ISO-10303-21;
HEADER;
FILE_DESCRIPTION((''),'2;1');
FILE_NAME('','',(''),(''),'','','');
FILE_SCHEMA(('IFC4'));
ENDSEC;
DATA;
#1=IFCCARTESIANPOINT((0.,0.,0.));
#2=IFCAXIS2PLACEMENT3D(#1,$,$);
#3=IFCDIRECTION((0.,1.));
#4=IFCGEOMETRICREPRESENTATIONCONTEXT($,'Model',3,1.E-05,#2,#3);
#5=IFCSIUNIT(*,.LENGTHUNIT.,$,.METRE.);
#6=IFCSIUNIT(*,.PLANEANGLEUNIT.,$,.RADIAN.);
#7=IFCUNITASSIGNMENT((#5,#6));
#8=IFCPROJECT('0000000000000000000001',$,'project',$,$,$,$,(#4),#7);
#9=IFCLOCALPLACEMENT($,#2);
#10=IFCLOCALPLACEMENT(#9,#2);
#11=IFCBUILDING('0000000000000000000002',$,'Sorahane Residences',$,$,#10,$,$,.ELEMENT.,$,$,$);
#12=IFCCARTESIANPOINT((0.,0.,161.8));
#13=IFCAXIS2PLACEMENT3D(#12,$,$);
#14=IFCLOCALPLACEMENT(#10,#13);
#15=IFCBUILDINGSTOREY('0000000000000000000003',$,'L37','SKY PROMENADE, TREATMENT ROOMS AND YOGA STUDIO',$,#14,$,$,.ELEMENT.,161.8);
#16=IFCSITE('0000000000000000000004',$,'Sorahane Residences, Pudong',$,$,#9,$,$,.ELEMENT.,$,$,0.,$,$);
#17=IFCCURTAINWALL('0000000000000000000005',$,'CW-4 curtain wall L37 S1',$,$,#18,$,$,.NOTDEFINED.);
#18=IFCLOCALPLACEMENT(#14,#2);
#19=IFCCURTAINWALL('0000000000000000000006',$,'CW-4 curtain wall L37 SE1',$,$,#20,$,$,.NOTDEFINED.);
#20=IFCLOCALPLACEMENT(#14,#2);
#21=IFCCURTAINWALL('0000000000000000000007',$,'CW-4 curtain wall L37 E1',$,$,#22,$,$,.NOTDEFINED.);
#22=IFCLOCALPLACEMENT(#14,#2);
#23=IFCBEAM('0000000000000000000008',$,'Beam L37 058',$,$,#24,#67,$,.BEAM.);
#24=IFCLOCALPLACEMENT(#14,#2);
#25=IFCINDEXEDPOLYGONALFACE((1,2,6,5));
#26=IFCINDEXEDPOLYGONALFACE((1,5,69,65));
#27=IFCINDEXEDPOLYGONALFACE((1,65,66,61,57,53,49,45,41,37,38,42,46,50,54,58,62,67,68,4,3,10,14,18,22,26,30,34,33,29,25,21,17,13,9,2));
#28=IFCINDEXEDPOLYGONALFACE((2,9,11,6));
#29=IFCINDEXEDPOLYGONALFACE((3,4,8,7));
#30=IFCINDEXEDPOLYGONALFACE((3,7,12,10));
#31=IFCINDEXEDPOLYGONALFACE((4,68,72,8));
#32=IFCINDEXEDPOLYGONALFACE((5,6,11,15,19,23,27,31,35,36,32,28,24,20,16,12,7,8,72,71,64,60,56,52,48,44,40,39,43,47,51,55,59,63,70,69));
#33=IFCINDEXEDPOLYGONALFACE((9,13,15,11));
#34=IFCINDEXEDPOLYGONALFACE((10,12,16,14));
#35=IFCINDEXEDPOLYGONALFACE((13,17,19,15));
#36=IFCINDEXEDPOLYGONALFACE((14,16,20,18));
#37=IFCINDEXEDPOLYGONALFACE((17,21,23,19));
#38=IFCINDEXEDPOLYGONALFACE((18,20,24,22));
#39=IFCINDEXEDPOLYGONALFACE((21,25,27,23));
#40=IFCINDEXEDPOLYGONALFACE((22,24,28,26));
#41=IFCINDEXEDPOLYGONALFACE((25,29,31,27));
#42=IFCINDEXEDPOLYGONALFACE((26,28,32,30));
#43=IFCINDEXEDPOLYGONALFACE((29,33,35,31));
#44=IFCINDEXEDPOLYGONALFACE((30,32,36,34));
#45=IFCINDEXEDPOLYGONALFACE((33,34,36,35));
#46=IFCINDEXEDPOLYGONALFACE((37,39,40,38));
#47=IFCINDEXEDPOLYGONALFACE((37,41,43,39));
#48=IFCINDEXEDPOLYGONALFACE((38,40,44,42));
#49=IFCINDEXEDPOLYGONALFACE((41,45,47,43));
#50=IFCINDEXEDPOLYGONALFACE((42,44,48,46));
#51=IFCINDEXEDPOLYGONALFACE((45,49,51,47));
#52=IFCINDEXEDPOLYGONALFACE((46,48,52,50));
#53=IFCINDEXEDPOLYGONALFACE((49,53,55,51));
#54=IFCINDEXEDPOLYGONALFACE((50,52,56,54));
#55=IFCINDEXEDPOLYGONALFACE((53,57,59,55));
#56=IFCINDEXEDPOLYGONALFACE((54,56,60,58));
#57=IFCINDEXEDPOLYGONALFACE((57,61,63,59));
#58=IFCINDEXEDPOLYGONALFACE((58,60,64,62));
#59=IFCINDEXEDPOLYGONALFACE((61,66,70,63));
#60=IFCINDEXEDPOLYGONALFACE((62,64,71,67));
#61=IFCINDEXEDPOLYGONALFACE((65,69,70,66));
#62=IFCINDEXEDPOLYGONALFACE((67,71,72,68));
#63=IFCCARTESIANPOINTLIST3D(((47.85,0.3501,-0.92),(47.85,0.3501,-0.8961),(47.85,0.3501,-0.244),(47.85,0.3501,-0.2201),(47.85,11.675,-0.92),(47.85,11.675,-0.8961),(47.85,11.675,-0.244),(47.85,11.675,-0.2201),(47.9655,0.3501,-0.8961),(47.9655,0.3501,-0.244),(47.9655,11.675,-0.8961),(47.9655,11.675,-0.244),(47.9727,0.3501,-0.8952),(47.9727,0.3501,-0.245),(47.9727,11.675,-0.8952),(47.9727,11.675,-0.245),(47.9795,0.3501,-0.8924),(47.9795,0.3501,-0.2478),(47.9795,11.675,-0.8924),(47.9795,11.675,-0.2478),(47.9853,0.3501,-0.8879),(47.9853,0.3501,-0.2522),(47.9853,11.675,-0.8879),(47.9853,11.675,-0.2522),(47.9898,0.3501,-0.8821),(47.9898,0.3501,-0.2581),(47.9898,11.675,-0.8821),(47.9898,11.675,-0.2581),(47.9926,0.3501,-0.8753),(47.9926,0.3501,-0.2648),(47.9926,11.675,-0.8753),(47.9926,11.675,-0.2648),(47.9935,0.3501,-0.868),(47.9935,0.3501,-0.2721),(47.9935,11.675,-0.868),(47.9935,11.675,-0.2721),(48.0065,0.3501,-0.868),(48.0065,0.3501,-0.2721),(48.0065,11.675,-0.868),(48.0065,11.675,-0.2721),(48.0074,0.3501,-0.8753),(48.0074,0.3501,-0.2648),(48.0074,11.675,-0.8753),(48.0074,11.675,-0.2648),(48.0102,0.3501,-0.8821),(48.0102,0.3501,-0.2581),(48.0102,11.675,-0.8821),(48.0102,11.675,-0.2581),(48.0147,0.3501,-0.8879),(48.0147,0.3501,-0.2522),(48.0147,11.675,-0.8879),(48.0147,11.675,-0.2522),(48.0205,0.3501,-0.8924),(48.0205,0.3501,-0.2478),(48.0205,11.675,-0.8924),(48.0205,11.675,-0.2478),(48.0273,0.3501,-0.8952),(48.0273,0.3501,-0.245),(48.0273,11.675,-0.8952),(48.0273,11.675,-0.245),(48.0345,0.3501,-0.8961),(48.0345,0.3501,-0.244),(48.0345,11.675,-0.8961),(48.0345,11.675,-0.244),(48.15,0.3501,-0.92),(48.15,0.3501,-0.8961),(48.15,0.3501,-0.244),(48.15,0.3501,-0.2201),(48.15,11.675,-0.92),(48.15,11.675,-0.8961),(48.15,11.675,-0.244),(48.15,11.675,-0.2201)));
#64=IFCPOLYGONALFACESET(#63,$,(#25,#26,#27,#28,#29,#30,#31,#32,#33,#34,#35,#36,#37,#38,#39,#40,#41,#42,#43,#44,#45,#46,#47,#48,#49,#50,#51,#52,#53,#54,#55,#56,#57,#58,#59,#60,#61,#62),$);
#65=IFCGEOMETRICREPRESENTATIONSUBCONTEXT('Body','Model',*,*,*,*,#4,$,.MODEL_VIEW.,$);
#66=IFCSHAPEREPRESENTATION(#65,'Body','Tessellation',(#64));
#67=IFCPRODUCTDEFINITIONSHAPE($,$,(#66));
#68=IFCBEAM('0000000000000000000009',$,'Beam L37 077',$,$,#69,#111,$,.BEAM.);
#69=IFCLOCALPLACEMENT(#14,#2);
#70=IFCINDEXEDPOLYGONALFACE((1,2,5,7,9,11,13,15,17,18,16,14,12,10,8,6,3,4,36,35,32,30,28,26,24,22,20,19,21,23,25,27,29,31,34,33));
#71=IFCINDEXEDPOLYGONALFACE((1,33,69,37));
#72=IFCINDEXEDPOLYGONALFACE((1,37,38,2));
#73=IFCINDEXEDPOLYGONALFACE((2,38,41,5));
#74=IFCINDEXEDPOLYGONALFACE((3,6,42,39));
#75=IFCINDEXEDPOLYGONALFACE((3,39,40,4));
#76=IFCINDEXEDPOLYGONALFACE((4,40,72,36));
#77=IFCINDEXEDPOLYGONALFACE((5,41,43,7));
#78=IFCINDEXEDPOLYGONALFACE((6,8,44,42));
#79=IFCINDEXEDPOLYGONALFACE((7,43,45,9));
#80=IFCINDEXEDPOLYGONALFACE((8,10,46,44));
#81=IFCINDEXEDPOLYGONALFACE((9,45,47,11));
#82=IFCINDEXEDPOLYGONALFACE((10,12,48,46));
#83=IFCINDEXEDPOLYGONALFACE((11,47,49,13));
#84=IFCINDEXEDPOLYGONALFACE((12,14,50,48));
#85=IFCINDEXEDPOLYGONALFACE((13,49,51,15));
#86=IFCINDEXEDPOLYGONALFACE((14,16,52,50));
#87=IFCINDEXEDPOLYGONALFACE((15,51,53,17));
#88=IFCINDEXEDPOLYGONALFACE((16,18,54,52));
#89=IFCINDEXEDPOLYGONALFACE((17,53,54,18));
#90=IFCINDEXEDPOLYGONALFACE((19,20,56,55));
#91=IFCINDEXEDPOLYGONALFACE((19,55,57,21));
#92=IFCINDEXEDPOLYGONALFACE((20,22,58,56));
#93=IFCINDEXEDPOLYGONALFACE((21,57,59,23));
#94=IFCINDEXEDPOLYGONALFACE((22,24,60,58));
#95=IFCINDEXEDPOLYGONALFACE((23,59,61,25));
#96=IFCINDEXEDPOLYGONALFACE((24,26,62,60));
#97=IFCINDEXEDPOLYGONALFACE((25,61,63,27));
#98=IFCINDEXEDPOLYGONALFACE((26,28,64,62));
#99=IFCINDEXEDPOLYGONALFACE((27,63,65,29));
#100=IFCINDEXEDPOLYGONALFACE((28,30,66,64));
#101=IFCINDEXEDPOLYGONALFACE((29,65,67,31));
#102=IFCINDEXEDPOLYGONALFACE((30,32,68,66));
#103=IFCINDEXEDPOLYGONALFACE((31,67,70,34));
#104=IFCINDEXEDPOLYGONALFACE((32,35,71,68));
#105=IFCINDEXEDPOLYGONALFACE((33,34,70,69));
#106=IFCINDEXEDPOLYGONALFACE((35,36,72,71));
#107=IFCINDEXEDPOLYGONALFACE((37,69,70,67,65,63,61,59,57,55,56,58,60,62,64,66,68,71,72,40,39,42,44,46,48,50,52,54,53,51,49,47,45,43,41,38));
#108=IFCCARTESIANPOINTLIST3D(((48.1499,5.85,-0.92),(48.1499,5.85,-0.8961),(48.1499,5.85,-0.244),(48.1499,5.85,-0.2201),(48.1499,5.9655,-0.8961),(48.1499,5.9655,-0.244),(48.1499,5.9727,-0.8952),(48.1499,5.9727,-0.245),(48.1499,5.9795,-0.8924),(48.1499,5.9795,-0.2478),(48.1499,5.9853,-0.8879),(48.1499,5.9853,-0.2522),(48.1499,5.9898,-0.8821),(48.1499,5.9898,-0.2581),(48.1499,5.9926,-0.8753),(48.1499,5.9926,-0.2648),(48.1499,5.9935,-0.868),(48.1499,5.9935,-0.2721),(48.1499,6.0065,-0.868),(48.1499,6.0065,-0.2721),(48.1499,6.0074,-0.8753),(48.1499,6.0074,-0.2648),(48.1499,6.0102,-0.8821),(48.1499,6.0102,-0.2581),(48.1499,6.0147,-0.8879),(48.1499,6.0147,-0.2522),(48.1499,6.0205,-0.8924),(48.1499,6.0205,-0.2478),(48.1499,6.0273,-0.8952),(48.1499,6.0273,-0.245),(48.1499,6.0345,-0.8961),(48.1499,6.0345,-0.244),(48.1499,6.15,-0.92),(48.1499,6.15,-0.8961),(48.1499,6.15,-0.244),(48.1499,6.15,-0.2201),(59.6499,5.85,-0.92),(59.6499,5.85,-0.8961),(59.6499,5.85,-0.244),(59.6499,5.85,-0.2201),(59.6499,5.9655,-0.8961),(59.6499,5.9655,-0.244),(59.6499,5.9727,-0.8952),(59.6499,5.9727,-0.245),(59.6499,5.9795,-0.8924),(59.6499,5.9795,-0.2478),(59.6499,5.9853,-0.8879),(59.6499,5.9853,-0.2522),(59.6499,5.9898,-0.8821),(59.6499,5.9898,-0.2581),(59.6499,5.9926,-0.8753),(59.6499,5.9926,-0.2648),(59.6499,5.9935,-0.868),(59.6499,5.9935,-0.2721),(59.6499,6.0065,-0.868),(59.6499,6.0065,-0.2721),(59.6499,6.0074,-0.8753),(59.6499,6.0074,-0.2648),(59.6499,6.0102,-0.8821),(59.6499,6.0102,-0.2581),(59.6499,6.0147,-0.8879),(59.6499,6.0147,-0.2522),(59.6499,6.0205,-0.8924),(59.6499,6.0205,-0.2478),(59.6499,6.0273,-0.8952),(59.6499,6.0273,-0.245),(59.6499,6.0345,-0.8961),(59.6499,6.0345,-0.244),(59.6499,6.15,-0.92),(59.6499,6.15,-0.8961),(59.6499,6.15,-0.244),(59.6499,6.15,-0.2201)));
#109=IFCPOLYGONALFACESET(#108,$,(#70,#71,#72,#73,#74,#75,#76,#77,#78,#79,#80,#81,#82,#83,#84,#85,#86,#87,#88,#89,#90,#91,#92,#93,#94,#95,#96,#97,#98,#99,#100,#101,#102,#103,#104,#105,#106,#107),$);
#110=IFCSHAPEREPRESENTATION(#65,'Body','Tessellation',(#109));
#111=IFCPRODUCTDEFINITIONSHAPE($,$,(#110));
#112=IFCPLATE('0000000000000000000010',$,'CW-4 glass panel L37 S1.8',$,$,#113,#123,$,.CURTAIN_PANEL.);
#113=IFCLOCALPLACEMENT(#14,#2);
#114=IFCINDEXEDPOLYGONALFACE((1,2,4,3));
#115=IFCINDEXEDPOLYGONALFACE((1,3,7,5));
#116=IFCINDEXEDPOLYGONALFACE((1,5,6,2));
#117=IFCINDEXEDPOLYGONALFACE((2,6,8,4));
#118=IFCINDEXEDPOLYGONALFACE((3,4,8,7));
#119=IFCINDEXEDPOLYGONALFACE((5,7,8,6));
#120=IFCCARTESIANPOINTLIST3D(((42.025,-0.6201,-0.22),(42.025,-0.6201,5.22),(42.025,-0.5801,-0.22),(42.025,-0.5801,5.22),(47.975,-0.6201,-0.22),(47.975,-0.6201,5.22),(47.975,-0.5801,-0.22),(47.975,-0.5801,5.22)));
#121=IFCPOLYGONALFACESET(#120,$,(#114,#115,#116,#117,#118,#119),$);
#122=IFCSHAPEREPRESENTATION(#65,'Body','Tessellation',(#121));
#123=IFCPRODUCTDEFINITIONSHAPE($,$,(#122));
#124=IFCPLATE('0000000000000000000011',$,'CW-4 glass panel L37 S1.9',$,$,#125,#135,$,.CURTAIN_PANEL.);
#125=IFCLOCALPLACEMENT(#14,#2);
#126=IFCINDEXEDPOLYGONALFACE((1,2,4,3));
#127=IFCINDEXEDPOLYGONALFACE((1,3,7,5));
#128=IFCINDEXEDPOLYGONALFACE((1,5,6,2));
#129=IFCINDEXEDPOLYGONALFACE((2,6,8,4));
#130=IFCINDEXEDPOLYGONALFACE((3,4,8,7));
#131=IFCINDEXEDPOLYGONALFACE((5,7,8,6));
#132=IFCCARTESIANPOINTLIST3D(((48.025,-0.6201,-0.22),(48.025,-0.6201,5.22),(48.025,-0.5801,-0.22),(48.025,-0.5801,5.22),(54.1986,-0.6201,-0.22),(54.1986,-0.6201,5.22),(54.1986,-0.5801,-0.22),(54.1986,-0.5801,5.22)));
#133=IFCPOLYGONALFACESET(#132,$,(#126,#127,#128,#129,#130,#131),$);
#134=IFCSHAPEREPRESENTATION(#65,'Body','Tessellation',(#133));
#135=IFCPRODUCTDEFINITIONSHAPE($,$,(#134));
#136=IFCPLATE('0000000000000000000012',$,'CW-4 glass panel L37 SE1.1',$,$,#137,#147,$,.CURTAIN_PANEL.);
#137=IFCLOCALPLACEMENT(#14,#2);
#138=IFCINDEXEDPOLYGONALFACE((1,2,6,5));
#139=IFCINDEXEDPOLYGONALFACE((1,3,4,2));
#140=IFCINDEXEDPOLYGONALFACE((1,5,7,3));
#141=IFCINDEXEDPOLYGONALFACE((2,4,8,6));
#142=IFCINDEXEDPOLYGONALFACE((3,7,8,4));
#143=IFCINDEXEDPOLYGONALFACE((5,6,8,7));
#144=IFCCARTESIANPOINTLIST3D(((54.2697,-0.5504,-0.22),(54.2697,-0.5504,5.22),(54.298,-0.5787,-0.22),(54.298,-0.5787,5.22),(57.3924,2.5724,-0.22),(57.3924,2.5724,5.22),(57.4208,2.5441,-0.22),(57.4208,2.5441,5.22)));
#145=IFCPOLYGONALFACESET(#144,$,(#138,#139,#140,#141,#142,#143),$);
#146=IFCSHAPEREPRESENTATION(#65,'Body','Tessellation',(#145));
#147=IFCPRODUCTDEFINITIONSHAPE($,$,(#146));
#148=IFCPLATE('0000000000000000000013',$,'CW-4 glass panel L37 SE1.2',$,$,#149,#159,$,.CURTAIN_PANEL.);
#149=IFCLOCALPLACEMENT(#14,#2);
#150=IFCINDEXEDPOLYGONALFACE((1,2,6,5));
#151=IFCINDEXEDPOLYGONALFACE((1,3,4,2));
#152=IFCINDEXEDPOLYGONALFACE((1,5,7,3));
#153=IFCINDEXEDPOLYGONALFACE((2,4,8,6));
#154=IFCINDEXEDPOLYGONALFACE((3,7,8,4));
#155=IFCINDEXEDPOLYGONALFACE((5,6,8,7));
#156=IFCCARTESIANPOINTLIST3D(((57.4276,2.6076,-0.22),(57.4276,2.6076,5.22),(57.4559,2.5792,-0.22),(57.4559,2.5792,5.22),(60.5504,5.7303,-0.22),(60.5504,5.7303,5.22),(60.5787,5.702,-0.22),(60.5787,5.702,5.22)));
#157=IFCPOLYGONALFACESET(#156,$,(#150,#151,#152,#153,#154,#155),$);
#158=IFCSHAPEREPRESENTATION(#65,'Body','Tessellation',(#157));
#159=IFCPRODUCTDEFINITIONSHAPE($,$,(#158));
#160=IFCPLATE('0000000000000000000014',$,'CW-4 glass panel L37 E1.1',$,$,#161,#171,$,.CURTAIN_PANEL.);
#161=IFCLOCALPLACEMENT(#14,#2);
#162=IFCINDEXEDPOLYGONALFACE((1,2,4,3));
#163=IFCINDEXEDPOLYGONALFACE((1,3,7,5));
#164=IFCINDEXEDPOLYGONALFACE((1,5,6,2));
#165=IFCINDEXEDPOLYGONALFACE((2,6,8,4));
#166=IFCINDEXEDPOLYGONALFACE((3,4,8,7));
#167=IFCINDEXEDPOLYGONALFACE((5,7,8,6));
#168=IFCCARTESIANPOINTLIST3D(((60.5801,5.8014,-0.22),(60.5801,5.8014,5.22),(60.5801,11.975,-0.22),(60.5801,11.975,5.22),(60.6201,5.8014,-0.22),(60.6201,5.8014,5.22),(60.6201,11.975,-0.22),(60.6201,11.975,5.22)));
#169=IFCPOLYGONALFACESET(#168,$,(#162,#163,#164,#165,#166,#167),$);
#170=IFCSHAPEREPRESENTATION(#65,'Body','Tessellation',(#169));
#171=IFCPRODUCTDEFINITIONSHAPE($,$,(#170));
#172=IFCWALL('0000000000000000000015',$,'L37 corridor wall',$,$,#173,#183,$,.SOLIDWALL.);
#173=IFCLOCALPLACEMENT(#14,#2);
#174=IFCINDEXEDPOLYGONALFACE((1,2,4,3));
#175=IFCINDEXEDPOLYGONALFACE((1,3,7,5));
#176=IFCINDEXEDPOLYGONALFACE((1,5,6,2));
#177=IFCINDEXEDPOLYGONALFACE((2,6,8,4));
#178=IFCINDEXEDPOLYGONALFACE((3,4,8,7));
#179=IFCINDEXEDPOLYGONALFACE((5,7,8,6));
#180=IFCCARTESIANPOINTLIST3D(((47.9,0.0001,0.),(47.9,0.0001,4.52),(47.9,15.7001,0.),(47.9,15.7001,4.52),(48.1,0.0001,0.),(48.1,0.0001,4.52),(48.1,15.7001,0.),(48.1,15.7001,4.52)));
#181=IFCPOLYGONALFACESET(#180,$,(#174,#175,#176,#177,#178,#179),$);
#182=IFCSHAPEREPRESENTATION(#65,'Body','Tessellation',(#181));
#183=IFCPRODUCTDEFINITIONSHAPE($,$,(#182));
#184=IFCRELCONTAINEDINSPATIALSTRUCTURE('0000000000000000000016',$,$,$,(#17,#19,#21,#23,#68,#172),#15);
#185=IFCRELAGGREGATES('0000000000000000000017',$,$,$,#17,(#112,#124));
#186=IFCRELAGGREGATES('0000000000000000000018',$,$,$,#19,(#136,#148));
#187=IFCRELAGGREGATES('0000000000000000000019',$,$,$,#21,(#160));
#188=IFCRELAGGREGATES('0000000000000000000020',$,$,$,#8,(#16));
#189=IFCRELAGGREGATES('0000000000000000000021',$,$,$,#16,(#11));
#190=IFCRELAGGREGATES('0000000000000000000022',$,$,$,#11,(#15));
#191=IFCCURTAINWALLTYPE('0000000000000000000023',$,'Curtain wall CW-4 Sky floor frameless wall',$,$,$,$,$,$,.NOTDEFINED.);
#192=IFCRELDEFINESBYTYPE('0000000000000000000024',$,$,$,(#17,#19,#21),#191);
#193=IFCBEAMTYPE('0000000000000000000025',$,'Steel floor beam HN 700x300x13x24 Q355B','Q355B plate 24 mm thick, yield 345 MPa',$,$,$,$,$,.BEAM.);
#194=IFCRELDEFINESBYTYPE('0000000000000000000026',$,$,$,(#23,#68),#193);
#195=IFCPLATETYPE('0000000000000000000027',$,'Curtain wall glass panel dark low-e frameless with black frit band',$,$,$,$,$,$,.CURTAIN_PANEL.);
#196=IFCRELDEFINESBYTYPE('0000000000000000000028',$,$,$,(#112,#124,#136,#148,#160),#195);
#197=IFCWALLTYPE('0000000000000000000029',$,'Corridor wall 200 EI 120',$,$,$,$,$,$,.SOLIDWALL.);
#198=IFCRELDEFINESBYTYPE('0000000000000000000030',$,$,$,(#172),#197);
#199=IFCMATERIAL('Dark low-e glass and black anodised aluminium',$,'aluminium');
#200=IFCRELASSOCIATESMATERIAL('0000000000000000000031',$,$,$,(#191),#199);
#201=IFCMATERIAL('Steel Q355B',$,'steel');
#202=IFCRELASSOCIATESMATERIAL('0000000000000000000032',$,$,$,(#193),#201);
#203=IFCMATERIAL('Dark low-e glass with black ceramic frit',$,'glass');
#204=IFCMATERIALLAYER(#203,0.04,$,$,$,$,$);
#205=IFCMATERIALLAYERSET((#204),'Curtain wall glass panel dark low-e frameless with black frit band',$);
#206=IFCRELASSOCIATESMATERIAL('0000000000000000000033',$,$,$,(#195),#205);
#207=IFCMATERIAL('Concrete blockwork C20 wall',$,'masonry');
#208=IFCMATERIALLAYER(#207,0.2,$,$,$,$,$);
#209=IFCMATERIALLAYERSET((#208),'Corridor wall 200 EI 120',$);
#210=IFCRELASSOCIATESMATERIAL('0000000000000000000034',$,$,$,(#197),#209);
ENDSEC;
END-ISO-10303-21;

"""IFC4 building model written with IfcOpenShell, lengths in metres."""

from ifc_helpers import new_model, si_unit, direction, frame, frame_2d, origin, origin_2d, place, context, subcontext, project, spatial, rectangle, i_section, extrude, material, layer, layer_set, material_profile, profile_set, type_object, element, aggregate, save


model = new_model("IFC4")

# Units and contexts
model_context = context("Model", 3, precision=1e-05, world=origin(), true_north=direction((0.0, 1.0)))
body_context = subcontext(model_context, "Body", "Model", "MODEL_VIEW")
ifc_project = project(units=[si_unit("LENGTHUNIT", "METRE"), si_unit("PLANEANGLEUNIT", "RADIAN")], contexts=[model_context])

# Site, building, storey
site_placement = place(None, origin())
site = spatial("IfcSite", under=ifc_project, at=site_placement, Name="Sorahane Residences, Pudong", CompositionType="ELEMENT", RefElevation=0.0)
building_placement = place(site_placement, origin())
building = spatial("IfcBuilding", under=site, at=building_placement, Name="Sorahane Residences", CompositionType="ELEMENT")
storey_placement = place(building_placement, frame((0.0, 0.0, 161.8)))
storey = spatial("IfcBuildingStorey", under=building, at=storey_placement, Name="L37", Description="SKY PROMENADE, TREATMENT ROOMS AND YOGA STUDIO", CompositionType="ELEMENT", Elevation=161.8)

# Curtain walls
ifc_material_1 = material(Name="Dark low-e glass and black anodised aluminium", Category="aluminium")
curtain_wall_type = type_object("IfcCurtainWallType", Name="Curtain wall CW-4 Sky floor frameless wall", PredefinedType="NOTDEFINED", material=ifc_material_1)
curtain_wall_1_placement = place(storey_placement, origin())
curtain_wall_1 = element("IfcCurtainWall", 1, at=curtain_wall_1_placement, inside=storey, type_object=curtain_wall_type, Name="CW-4 curtain wall L37 S1", PredefinedType="NOTDEFINED")
curtain_wall_2_placement = place(storey_placement, origin())
curtain_wall_2 = element("IfcCurtainWall", 2, at=curtain_wall_2_placement, inside=storey, type_object=curtain_wall_type, Name="CW-4 curtain wall L37 SE1", PredefinedType="NOTDEFINED")

# Curtain wall
curtain_wall_3_placement = place(storey_placement, origin())
curtain_wall_3 = element("IfcCurtainWall", 3, at=curtain_wall_3_placement, inside=storey, type_object=curtain_wall_type, Name="CW-4 curtain wall L37 E1", PredefinedType="NOTDEFINED")

# Beams
ifc_material_2 = material(Name="Steel Q355B", Category="steel")
ifc_material_profile_1 = material_profile(ifc_material_2, i_section(OverallWidth=0.3, OverallDepth=0.7, WebThickness=0.0129, FlangeThickness=0.0239, FilletRadius=0.0281, at=origin_2d()), Name="HN 700x300x13x24")
ifc_profile_set_1 = profile_set([ifc_material_profile_1], Name="Steel Q355B")
beam_type_1 = type_object("IfcBeamType", Name="Steel floor beam HN 700x300x13x24 Q355B", Description="Q355B plate 24 mm thick, yield 345 MPa", PredefinedType="BEAM", material=ifc_profile_set_1)
beam_1_placement = place(storey_placement, frame((48.0, 0.3501, -0.5701), z_axis=(0.0, 1.0, 0.0), x_axis=(-1.0, 0.0, 0.0)))
element("IfcBeam", 4, at=beam_1_placement, inside=storey, type_object=beam_type_1, Name="Beam L37 058", PredefinedType="BEAM", context=body_context, shape_type="SweptSolid", body=[
    extrude(i_section(OverallWidth=0.3, OverallDepth=0.7, WebThickness=0.0129, FlangeThickness=0.0239, FilletRadius=0.0281, at=origin_2d()), origin(), (0.0, 0.0, 1.0), 11.325),
])
beam_2_placement = place(storey_placement, frame((48.1499, 6.0, -0.5701), z_axis=(1.0, 0.0, 0.0), x_axis=(0.0, 1.0, 0.0)))
element("IfcBeam", 5, at=beam_2_placement, inside=storey, type_object=beam_type_1, Name="Beam L37 077", PredefinedType="BEAM", context=body_context, shape_type="SweptSolid", body=[
    extrude(i_section(OverallWidth=0.3, OverallDepth=0.7, WebThickness=0.0129, FlangeThickness=0.0239, FilletRadius=0.0281, at=origin_2d()), origin(), (0.0, 0.0, 1.0), 11.5),
])

# Plates
ifc_material_3 = material(Name="Dark low-e glass with black ceramic frit", Category="glass")
ifc_layer_1 = layer(ifc_material_3, 0.04)
ifc_layer_set_1 = layer_set([ifc_layer_1], Name="Curtain wall glass panel dark low-e frameless with black frit band")
plate_type = type_object("IfcPlateType", Name="Curtain wall glass panel dark low-e frameless with black frit band", PredefinedType="CURTAIN_PANEL", material=ifc_layer_set_1)
plate_1_placement = place(storey_placement, frame((45.0, -0.6001, -0.22), z_axis=(0.0, 0.0, 1.0), x_axis=(1.0, 0.0, 0.0)))
plate_1 = element("IfcPlate", 6, at=plate_1_placement, type_object=plate_type, Name="CW-4 glass panel L37 S1.8", PredefinedType="CURTAIN_PANEL", context=body_context, shape_type="SweptSolid", body=[
    extrude(rectangle(XDim=5.95, YDim=0.04, at=origin_2d()), origin(), (0.0, 0.0, 1.0), 5.4399),
])
plate_2_placement = place(storey_placement, frame((51.1118, -0.6001, -0.22), z_axis=(0.0, 0.0, 1.0), x_axis=(1.0, 0.0, 0.0)))
plate_2 = element("IfcPlate", 7, at=plate_2_placement, type_object=plate_type, Name="CW-4 glass panel L37 S1.9", PredefinedType="CURTAIN_PANEL", context=body_context, shape_type="SweptSolid", body=[
    extrude(rectangle(XDim=6.1736, YDim=0.04, at=origin_2d()), origin(), (0.0, 0.0, 1.0), 5.4399),
])
aggregate(curtain_wall_1, [plate_1, plate_2])
plate_3_placement = place(storey_placement, frame((55.8452, 0.9968, -0.22), z_axis=(0.0, 0.0, 1.0), x_axis=(0.707107, 0.707107, 0.0)))
plate_3 = element("IfcPlate", 8, at=plate_3_placement, type_object=plate_type, Name="CW-4 glass panel L37 SE1.1", PredefinedType="CURTAIN_PANEL", context=body_context, shape_type="SweptSolid", body=[
    extrude(rectangle(XDim=4.4163, YDim=0.04, at=origin_2d()), origin(), (0.0, 0.0, 1.0), 5.4399),
])
plate_4_placement = place(storey_placement, frame((59.0032, 4.1548, -0.22), z_axis=(0.0, 0.0, 1.0), x_axis=(0.707107, 0.707107, 0.0)))
plate_4 = element("IfcPlate", 9, at=plate_4_placement, type_object=plate_type, Name="CW-4 glass panel L37 SE1.2", PredefinedType="CURTAIN_PANEL", context=body_context, shape_type="SweptSolid", body=[
    extrude(rectangle(XDim=4.4163, YDim=0.04, at=origin_2d()), origin(), (0.0, 0.0, 1.0), 5.4399),
])
aggregate(curtain_wall_2, [plate_3, plate_4])
plate_5_placement = place(storey_placement, frame((60.6001, 8.8882, -0.22), z_axis=(0.0, 0.0, 1.0), x_axis=(0.0, 1.0, 0.0)))
plate_5 = element("IfcPlate", 10, at=plate_5_placement, type_object=plate_type, Name="CW-4 glass panel L37 E1.1", PredefinedType="CURTAIN_PANEL", context=body_context, shape_type="SweptSolid", body=[
    extrude(rectangle(XDim=6.1736, YDim=0.04, at=origin_2d()), origin(), (0.0, 0.0, 1.0), 5.4399),
])
aggregate(curtain_wall_3, [plate_5])

# Wall
ifc_material_4 = material(Name="Concrete blockwork C20 wall", Category="masonry")
ifc_layer_2 = layer(ifc_material_4, 0.2)
ifc_layer_set_2 = layer_set([ifc_layer_2], Name="Corridor wall 200 EI 120")
wall_type = type_object("IfcWallType", Name="Corridor wall 200 EI 120", PredefinedType="SOLIDWALL", material=ifc_layer_set_2)
wall_placement = place(storey_placement, frame((48.0, 0.0, 0.0), z_axis=(0.0, 0.0, 1.0), x_axis=(0.0, 1.0, 0.0)))
element("IfcWall", 11, at=wall_placement, inside=storey, type_object=wall_type, Name="L37 corridor wall", PredefinedType="SOLIDWALL", context=body_context, shape_type="SweptSolid", body=[
    extrude(rectangle(XDim=15.7, YDim=0.2, at=frame_2d((7.8501, 0.0))), origin(), (0.0, 0.0, 1.0), 4.52),
])

save(model, "model.ifc")
